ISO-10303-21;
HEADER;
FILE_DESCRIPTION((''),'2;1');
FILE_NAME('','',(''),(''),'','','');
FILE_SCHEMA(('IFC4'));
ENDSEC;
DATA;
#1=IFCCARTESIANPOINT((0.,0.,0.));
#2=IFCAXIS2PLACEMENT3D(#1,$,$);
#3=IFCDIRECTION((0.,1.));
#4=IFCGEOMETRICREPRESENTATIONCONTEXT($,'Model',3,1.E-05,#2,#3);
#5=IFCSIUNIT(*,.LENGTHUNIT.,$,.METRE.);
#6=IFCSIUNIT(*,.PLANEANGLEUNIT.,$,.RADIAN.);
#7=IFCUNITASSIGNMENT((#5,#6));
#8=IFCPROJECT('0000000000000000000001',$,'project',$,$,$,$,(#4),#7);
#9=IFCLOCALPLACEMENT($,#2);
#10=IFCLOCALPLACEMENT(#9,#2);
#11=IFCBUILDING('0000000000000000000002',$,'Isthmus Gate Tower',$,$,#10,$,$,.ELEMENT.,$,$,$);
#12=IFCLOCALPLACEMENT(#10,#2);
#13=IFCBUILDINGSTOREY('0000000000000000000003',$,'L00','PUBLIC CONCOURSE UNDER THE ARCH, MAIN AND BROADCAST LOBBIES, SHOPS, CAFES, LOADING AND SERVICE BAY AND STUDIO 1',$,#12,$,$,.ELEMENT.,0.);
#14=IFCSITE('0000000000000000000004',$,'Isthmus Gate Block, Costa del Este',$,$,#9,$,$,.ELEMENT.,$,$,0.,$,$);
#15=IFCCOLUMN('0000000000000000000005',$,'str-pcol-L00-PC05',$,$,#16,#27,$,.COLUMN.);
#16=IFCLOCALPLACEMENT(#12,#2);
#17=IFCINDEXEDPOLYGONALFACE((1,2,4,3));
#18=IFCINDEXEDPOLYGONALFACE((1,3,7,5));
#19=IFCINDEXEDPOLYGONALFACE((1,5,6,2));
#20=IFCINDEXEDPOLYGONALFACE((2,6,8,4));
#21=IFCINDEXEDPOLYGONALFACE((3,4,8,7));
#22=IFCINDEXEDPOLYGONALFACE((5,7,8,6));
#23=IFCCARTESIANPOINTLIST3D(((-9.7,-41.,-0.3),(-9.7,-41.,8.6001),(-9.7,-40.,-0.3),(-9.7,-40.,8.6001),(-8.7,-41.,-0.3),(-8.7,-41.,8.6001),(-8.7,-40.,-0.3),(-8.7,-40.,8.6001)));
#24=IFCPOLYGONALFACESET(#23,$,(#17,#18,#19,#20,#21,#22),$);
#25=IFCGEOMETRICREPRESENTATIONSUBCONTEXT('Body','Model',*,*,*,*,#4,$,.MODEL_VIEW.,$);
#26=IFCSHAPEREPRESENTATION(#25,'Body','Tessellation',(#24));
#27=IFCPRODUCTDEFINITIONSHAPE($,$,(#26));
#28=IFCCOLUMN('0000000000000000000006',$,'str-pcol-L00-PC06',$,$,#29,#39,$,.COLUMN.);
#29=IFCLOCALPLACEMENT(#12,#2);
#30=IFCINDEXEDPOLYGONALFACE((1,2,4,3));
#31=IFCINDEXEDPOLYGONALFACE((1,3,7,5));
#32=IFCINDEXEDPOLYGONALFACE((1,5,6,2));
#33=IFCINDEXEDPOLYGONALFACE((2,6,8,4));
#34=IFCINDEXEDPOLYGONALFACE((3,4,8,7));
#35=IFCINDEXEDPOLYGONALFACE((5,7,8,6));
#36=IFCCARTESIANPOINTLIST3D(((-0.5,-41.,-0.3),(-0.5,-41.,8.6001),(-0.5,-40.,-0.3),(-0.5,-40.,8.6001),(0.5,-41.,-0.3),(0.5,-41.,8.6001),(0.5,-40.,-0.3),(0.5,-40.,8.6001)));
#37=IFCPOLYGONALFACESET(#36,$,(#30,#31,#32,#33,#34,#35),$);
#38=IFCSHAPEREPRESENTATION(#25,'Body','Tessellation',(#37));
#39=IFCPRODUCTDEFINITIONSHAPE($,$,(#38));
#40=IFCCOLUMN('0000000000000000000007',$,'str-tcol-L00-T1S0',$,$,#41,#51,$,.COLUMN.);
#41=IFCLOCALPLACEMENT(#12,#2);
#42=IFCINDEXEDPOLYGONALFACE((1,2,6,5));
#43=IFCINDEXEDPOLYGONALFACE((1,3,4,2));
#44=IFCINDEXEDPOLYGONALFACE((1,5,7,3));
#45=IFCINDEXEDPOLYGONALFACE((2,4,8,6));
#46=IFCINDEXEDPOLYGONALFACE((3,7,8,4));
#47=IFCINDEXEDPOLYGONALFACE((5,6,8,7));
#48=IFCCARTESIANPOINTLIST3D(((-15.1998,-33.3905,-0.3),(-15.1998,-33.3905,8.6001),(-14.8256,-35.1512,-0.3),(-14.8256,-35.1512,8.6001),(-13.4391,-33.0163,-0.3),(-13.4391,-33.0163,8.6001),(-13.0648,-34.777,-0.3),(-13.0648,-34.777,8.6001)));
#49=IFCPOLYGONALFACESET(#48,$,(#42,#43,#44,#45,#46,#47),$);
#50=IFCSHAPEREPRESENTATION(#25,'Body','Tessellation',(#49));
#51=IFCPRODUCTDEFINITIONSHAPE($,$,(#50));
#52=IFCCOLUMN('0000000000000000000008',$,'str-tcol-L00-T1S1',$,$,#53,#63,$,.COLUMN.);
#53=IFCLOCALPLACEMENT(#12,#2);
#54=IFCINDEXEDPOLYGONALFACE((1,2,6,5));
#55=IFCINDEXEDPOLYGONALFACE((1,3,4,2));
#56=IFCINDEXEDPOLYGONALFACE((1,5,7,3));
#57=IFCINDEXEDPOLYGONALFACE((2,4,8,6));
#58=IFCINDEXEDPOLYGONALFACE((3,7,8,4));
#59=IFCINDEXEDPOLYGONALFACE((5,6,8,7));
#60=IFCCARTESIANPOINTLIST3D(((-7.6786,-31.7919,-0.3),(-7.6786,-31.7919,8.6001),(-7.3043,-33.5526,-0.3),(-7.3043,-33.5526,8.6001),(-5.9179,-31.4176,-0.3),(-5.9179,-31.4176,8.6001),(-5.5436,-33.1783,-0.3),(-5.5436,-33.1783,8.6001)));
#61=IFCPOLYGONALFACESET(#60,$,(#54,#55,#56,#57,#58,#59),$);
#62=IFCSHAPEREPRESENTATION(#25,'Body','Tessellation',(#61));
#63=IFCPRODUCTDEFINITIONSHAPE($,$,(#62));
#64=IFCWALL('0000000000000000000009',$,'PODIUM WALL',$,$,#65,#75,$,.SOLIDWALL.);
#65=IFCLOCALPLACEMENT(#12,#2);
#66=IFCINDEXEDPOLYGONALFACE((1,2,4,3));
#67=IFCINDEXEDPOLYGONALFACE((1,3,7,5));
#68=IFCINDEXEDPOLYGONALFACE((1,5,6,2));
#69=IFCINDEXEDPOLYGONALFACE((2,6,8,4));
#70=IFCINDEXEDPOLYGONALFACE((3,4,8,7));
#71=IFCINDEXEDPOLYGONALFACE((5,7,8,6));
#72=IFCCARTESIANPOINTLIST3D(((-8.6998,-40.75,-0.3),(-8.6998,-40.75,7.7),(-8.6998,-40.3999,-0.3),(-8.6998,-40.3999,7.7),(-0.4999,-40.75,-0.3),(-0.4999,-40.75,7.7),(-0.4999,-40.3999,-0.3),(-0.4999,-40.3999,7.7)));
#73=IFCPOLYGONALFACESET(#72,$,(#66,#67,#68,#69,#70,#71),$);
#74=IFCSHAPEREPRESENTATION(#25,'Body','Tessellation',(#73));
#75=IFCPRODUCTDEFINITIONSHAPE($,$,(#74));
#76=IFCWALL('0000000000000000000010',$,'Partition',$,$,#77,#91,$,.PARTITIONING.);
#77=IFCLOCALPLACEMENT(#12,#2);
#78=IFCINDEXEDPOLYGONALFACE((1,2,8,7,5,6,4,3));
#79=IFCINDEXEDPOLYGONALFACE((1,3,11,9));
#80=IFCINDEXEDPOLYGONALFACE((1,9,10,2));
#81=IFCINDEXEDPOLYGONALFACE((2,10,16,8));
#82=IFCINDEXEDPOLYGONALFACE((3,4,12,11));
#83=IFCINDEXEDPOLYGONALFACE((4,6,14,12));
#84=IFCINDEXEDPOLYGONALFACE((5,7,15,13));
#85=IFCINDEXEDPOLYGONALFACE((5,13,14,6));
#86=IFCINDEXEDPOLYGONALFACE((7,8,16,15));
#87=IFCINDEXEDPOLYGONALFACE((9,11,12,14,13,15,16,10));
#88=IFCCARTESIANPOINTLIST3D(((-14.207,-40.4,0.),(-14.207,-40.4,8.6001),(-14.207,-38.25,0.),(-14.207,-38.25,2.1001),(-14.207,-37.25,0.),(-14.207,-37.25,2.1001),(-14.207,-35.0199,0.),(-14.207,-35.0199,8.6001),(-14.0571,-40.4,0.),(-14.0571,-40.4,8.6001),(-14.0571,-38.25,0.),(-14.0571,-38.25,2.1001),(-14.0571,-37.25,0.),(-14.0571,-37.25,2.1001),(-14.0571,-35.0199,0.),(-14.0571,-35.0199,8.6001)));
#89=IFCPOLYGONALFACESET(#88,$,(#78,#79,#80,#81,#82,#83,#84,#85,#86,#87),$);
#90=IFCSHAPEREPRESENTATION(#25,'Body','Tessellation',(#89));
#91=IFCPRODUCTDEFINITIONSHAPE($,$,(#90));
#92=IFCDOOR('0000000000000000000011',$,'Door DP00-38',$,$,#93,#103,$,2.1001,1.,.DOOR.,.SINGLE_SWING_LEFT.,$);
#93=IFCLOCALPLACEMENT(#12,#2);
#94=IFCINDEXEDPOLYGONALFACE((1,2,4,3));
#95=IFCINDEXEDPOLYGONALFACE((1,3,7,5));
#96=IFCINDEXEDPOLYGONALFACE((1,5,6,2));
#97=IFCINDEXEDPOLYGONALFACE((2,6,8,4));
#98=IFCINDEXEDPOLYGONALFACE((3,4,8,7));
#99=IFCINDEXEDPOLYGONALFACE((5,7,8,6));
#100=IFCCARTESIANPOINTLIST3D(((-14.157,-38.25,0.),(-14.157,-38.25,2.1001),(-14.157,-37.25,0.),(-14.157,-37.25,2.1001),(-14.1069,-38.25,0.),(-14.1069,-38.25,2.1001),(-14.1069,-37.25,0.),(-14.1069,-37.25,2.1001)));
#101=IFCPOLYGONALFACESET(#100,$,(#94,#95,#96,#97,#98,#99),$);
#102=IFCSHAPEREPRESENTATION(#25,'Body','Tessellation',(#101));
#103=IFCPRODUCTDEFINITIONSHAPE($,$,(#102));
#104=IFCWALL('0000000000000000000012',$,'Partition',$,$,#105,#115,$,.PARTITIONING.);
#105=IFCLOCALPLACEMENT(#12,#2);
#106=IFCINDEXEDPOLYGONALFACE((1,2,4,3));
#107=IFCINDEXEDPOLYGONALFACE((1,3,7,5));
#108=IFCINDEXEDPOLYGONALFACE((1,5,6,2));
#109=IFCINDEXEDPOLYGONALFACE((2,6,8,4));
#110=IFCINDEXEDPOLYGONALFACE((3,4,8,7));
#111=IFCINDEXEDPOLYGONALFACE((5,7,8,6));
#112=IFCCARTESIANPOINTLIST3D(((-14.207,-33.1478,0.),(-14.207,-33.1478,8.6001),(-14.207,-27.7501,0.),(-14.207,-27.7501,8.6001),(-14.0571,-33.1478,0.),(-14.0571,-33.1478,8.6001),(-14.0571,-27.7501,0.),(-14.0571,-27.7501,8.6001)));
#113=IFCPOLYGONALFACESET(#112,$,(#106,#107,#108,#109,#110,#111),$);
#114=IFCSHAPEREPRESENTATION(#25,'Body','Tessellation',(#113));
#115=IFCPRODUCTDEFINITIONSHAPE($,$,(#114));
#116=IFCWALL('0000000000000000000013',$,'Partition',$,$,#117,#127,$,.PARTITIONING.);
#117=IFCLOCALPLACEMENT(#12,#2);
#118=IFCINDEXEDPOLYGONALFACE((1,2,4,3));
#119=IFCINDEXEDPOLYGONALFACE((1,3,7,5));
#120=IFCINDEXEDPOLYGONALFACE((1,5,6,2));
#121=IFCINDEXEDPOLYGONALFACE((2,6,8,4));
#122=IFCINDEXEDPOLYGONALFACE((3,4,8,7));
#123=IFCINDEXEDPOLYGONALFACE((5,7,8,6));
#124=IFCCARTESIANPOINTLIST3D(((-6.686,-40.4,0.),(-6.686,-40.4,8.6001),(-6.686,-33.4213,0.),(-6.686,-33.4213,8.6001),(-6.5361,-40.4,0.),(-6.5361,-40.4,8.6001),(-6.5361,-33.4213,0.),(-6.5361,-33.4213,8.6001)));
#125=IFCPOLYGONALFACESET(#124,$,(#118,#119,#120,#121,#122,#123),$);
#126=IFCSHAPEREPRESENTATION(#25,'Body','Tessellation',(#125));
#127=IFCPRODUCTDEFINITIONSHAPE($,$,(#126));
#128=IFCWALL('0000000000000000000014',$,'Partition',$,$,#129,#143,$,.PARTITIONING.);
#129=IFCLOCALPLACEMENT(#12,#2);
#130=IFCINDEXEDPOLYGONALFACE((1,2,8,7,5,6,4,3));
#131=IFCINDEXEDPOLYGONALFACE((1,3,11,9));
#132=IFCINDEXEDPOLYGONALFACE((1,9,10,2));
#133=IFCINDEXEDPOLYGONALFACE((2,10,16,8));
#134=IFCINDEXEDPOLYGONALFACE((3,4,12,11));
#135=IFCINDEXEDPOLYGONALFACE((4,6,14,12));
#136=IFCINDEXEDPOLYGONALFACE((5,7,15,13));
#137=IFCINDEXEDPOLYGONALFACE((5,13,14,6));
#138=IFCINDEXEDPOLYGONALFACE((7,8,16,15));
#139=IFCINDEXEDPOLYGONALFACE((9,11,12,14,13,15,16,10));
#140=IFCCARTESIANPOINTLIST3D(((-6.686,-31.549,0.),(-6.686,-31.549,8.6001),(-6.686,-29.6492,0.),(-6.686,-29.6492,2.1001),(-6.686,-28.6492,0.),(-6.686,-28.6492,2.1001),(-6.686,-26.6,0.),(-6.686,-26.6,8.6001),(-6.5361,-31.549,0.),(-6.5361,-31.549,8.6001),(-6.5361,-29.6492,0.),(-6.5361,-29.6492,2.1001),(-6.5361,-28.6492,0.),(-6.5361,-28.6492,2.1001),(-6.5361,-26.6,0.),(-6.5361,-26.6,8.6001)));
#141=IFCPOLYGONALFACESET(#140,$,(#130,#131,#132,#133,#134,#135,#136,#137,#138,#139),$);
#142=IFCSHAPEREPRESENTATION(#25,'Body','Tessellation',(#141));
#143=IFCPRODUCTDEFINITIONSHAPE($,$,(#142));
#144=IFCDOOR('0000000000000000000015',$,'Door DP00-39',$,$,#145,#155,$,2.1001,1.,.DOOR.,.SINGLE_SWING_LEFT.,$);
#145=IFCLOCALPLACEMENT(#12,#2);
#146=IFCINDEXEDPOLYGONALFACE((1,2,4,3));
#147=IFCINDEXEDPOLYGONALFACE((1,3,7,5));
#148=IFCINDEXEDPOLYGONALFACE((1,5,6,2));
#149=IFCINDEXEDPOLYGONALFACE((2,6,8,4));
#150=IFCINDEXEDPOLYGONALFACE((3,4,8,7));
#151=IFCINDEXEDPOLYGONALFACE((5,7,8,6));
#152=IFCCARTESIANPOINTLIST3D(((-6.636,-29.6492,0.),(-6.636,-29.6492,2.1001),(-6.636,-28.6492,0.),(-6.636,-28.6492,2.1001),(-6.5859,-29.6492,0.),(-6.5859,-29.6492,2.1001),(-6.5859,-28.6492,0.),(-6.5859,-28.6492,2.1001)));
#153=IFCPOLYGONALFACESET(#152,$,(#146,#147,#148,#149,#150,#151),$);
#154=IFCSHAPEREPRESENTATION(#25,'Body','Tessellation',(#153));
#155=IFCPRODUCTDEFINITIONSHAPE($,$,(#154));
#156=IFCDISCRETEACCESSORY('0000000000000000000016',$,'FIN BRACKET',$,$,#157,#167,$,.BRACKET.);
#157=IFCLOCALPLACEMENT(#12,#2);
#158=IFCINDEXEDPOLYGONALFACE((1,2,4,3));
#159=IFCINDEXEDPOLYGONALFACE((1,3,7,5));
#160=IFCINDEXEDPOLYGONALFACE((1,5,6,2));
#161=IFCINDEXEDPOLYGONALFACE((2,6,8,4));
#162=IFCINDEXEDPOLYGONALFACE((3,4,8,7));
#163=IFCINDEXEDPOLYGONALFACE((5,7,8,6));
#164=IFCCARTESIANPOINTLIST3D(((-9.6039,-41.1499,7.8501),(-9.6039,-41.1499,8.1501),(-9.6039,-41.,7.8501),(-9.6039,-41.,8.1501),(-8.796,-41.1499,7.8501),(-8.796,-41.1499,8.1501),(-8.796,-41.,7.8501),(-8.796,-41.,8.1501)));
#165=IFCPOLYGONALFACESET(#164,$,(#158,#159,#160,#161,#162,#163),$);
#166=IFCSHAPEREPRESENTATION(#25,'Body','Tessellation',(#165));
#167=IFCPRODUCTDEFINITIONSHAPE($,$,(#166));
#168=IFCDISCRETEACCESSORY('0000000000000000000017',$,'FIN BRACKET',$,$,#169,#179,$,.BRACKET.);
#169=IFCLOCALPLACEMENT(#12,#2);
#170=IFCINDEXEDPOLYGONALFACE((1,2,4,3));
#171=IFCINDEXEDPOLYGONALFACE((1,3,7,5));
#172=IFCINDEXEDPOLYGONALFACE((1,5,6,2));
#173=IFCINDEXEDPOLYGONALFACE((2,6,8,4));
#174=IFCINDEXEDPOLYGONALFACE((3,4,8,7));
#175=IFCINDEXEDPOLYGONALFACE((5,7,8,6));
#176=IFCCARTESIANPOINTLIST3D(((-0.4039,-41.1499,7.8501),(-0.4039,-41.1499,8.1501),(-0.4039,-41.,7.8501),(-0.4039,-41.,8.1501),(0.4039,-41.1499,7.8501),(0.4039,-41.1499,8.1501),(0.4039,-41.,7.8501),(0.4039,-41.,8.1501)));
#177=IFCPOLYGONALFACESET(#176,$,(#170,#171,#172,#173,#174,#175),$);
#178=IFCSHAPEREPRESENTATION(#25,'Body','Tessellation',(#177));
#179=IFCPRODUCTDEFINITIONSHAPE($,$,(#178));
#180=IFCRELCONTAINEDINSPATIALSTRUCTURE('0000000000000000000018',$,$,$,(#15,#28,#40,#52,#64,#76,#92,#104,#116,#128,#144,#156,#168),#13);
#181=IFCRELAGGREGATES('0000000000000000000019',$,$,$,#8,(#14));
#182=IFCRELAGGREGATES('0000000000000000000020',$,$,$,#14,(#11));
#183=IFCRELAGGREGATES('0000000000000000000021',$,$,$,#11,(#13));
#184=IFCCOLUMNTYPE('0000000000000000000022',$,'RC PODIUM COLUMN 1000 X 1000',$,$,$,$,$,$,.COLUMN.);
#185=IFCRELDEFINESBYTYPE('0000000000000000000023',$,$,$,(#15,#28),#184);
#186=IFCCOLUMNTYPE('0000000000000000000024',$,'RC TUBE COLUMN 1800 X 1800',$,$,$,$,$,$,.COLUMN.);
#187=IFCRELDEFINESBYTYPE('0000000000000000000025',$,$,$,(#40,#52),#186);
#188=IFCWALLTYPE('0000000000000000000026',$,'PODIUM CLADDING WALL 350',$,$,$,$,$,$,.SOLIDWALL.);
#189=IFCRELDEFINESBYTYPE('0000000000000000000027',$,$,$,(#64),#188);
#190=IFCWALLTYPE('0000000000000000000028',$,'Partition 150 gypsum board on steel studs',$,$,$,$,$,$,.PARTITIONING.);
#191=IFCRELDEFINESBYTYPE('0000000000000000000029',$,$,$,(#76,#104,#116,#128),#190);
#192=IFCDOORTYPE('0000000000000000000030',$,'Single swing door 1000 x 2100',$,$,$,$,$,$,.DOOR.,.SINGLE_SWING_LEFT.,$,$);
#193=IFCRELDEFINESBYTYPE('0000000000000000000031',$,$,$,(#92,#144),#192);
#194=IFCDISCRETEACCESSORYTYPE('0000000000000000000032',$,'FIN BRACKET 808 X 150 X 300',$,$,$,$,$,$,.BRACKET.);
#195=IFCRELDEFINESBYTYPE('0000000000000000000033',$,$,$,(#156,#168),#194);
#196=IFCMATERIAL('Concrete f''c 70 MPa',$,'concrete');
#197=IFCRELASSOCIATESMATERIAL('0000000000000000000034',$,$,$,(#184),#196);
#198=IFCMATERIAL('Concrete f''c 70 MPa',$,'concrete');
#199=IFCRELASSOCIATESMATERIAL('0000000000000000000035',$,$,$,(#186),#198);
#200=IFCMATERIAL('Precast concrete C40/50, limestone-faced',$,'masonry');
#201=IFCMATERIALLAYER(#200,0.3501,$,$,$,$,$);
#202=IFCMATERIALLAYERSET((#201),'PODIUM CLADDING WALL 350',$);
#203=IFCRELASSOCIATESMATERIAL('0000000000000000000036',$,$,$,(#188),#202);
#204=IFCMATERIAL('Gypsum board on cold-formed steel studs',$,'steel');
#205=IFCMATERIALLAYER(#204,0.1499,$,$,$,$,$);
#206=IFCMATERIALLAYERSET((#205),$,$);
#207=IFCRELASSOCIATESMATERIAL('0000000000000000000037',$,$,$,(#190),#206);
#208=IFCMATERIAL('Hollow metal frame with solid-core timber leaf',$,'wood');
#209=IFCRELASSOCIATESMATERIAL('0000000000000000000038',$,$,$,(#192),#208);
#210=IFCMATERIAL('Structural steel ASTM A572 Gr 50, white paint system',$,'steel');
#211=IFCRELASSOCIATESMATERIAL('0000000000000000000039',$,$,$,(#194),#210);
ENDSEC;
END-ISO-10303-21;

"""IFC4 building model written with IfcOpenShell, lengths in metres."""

from ifc_helpers import new_model, si_unit, direction, frame, frame_2d, origin, origin_2d, place, context, subcontext, project, spatial, rectangle, extrude, material, layer, layer_set, material_profile, profile_set, type_object, element, fill, save


model = new_model("IFC4")

# Units and contexts
model_context = context("Model", 3, precision=1e-05, world=origin(), true_north=direction((0.0, 1.0)))
body_context = subcontext(model_context, "Body", "Model", "MODEL_VIEW")
ifc_project = project(units=[si_unit("LENGTHUNIT", "METRE"), si_unit("PLANEANGLEUNIT", "RADIAN")], contexts=[model_context])

# Site, building, storey
site_placement = place(None, origin())
site = spatial("IfcSite", under=ifc_project, at=site_placement, Name="Isthmus Gate Block, Costa del Este", CompositionType="ELEMENT", RefElevation=0.0)
building_placement = place(site_placement, origin())
building = spatial("IfcBuilding", under=site, at=building_placement, Name="Isthmus Gate Tower", CompositionType="ELEMENT")
storey_placement = place(building_placement, origin())
storey = spatial("IfcBuildingStorey", under=building, at=storey_placement, Name="L00", Description="PUBLIC CONCOURSE UNDER THE ARCH, MAIN AND BROADCAST LOBBIES, SHOPS, CAFES, LOADING AND SERVICE BAY AND STUDIO 1", CompositionType="ELEMENT", Elevation=0.0)

# Columns
ifc_material_1 = material(Name="Concrete f'c 70 MPa", Category="concrete")
ifc_material_profile_1 = material_profile(ifc_material_1, rectangle(XDim=1.0, YDim=1.0, at=origin_2d()), Name="RC 1000X1000")
ifc_profile_set_1 = profile_set([ifc_material_profile_1], Name="Concrete f'c 70 MPa")
column_type_1 = type_object("IfcColumnType", Name="RC PODIUM COLUMN 1000 X 1000", PredefinedType="COLUMN", material=ifc_profile_set_1)
for number, where, z_axis, x_axis, name in (
    (1, (-9.2, -40.5, -0.3), (0.0, 0.0, 1.0), (1.0, 0.0, 0.0), "str-pcol-L00-PC05"),
    (2, (0.0, -40.5, -0.3), (0.0, 0.0, 1.0), (1.0, 0.0, 0.0), "str-pcol-L00-PC06"),
):
    element("IfcColumn", number, at=place(storey_placement, frame(where, z_axis=z_axis, x_axis=x_axis)), inside=storey, type_object=column_type_1, Name=name, PredefinedType="COLUMN", context=body_context, shape_type="SweptSolid", body=[
        extrude(rectangle(XDim=1.0, YDim=1.0, at=origin_2d()), origin(), (0.0, 0.0, 1.0), 8.9001),
    ])
ifc_material_2 = material(Name="Concrete f'c 70 MPa", Category="concrete")
ifc_material_profile_2 = material_profile(ifc_material_2, rectangle(XDim=1.8, YDim=1.8, at=origin_2d()), Name="RC 1800X1800")
ifc_profile_set_2 = profile_set([ifc_material_profile_2], Name="Concrete f'c 70 MPa")
column_type_2 = type_object("IfcColumnType", Name="RC TUBE COLUMN 1800 X 1800", PredefinedType="COLUMN", material=ifc_profile_set_2)
for number, where, z_axis, x_axis, name in (
    (3, (-14.1323, -34.0837, -0.3), (0.0, 0.0, 1.0), (0.978148, 0.207912, 0.0), "str-tcol-L00-T1S0"),
    (4, (-6.6111, -32.4851, -0.3), (0.0, 0.0, 1.0), (0.978148, 0.207912, 0.0), "str-tcol-L00-T1S1"),
):
    element("IfcColumn", number, at=place(storey_placement, frame(where, z_axis=z_axis, x_axis=x_axis)), inside=storey, type_object=column_type_2, Name=name, PredefinedType="COLUMN", context=body_context, shape_type="SweptSolid", body=[
        extrude(rectangle(XDim=1.8, YDim=1.8, at=origin_2d()), origin(), (0.0, 0.0, 1.0), 8.9001),
    ])

# Wall
ifc_material_3 = material(Name="Precast concrete C40/50, limestone-faced", Category="masonry")
ifc_layer_1 = layer(ifc_material_3, 0.3501)
ifc_layer_set_1 = layer_set([ifc_layer_1], Name="PODIUM CLADDING WALL 350")
wall_type_1 = type_object("IfcWallType", Name="PODIUM CLADDING WALL 350", PredefinedType="SOLIDWALL", material=ifc_layer_set_1)
wall_1_placement = place(storey_placement, frame((-8.7, -40.575, -0.3), z_axis=(0.0, 0.0, 1.0), x_axis=(1.0, 0.0, 0.0)))
element("IfcWall", 5, at=wall_1_placement, inside=storey, type_object=wall_type_1, Name="PODIUM WALL", PredefinedType="SOLIDWALL", context=body_context, shape_type="SweptSolid", body=[
    extrude(rectangle(XDim=8.2, YDim=0.3501, at=frame_2d((4.1001, 0.0))), origin(), (0.0, 0.0, 1.0), 8.0),
])

# Wall, opening, door
ifc_material_4 = material(Name="Gypsum board on cold-formed steel studs", Category="steel")
ifc_layer_2 = layer(ifc_material_4, 0.1499)
ifc_layer_set_2 = layer_set([ifc_layer_2])
wall_type_2 = type_object("IfcWallType", Name="Partition 150 gypsum board on steel studs", PredefinedType="PARTITIONING", material=ifc_layer_set_2)
wall_2_placement = place(storey_placement, frame((-14.1321, -40.3999, 0.0), z_axis=(0.0, 0.0, 1.0), x_axis=(0.0, 1.0, 0.0)))
wall_2 = element("IfcWall", 6, at=wall_2_placement, inside=storey, type_object=wall_type_2, Name="Partition", PredefinedType="PARTITIONING", context=body_context, shape_type="SweptSolid", body=[
    extrude(rectangle(XDim=5.3801, YDim=0.1499, at=frame_2d((2.6899, 0.0))), origin(), (0.0, 0.0, 1.0), 8.6001),
])
opening_1_placement = place(wall_2_placement, frame((2.1499, 0.0, 0.0)))
opening_1 = element("IfcOpeningElement", 7, at=opening_1_placement, cuts=wall_2, PredefinedType="OPENING", context=body_context, shape_type="SweptSolid", body=[
    extrude(rectangle(XDim=1.0, YDim=2.1001, at=frame_2d((0.5, 1.05))), frame((0.0, 0.085, 0.0), z_axis=(0.0, -1.0, 0.0), x_axis=(1.0, 0.0, 0.0)), (0.0, 0.0, 1.0), 0.1699),
])
ifc_material_5 = material(Name="Hollow metal frame with solid-core timber leaf", Category="wood")
door_type = type_object("IfcDoorType", Name="Single swing door 1000 x 2100", OperationType="SINGLE_SWING_LEFT", PredefinedType="DOOR", material=ifc_material_5)
door_1_placement = place(opening_1_placement, origin())
door_1 = element("IfcDoor", 8, at=door_1_placement, inside=storey, type_object=door_type, Name="Door DP00-38", OperationType="SINGLE_SWING_LEFT", OverallHeight=2.1001, OverallWidth=1.0, PredefinedType="DOOR", context=body_context, shape_type="SweptSolid", body=[
    extrude(rectangle(XDim=1.0, YDim=2.1001, at=frame_2d((0.5, 1.05))), frame((0.0, 0.0249, 0.0), z_axis=(0.0, -1.0, 0.0), x_axis=(1.0, 0.0, 0.0)), (0.0, 0.0, 1.0), 0.05),
])
fill(opening_1, door_1)

# Walls
wall_3_placement = place(storey_placement, frame((-14.1321, -33.1477, 0.0), z_axis=(0.0, 0.0, 1.0), x_axis=(0.0, 1.0, 0.0)))
element("IfcWall", 9, at=wall_3_placement, inside=storey, type_object=wall_type_2, Name="Partition", PredefinedType="PARTITIONING", context=body_context, shape_type="SweptSolid", body=[
    extrude(rectangle(XDim=5.3977, YDim=0.1499, at=frame_2d((2.6987, 0.0))), origin(), (0.0, 0.0, 1.0), 8.6001),
])
wall_4_placement = place(storey_placement, frame((-6.6111, -40.3999, 0.0), z_axis=(0.0, 0.0, 1.0), x_axis=(0.0, 1.0, 0.0)))
element("IfcWall", 10, at=wall_4_placement, inside=storey, type_object=wall_type_2, Name="Partition", PredefinedType="PARTITIONING", context=body_context, shape_type="SweptSolid", body=[
    extrude(rectangle(XDim=6.9788, YDim=0.1499, at=frame_2d((3.4893, 0.0))), origin(), (0.0, 0.0, 1.0), 8.6001),
])

# Wall, opening, door
wall_5_placement = place(storey_placement, frame((-6.6111, -31.5491, 0.0), z_axis=(0.0, 0.0, 1.0), x_axis=(0.0, 1.0, 0.0)))
wall_5 = element("IfcWall", 11, at=wall_5_placement, inside=storey, type_object=wall_type_2, Name="Partition", PredefinedType="PARTITIONING", context=body_context, shape_type="SweptSolid", body=[
    extrude(rectangle(XDim=4.949, YDim=0.1499, at=frame_2d((2.4746, 0.0))), origin(), (0.0, 0.0, 1.0), 8.6001),
])
opening_2_placement = place(wall_5_placement, frame((1.8999, 0.0, 0.0)))
opening_2 = element("IfcOpeningElement", 12, at=opening_2_placement, cuts=wall_5, PredefinedType="OPENING", context=body_context, shape_type="SweptSolid", body=[
    extrude(rectangle(XDim=1.0, YDim=2.1001, at=frame_2d((0.5, 1.05))), frame((0.0, 0.085, 0.0), z_axis=(0.0, -1.0, 0.0), x_axis=(1.0, 0.0, 0.0)), (0.0, 0.0, 1.0), 0.1699),
])
door_2_placement = place(opening_2_placement, origin())
door_2 = element("IfcDoor", 13, at=door_2_placement, inside=storey, type_object=door_type, Name="Door DP00-39", OperationType="SINGLE_SWING_LEFT", OverallHeight=2.1001, OverallWidth=1.0, PredefinedType="DOOR", context=body_context, shape_type="SweptSolid", body=[
    extrude(rectangle(XDim=1.0, YDim=2.1001, at=frame_2d((0.5, 1.05))), frame((0.0, 0.0249, 0.0), z_axis=(0.0, -1.0, 0.0), x_axis=(1.0, 0.0, 0.0)), (0.0, 0.0, 1.0), 0.05),
])
fill(opening_2, door_2)

# Discrete accessories
ifc_material_6 = material(Name="Structural steel ASTM A572 Gr 50, white paint system", Category="steel")
discrete_accessory_type = type_object("IfcDiscreteAccessoryType", Name="FIN BRACKET 808 X 150 X 300", PredefinedType="BRACKET", material=ifc_material_6)
for number, where, z_axis, x_axis, name in (
    (14, (-9.2, -41.075, 7.8501), (0.0, 0.0, 1.0), (0.0, -1.0, 0.0), "FIN BRACKET"),
    (15, (0.0, -41.075, 7.8501), (0.0, 0.0, 1.0), (0.0, -1.0, 0.0), "FIN BRACKET"),
):
    element("IfcDiscreteAccessory", number, at=place(storey_placement, frame(where, z_axis=z_axis, x_axis=x_axis)), inside=storey, type_object=discrete_accessory_type, Name=name, PredefinedType="BRACKET", context=body_context, shape_type="SweptSolid", body=[
        extrude(rectangle(XDim=0.1499, YDim=0.8079, at=origin_2d()), origin(), (0.0, 0.0, 1.0), 0.3),
    ])

save(model, "model.ifc")
